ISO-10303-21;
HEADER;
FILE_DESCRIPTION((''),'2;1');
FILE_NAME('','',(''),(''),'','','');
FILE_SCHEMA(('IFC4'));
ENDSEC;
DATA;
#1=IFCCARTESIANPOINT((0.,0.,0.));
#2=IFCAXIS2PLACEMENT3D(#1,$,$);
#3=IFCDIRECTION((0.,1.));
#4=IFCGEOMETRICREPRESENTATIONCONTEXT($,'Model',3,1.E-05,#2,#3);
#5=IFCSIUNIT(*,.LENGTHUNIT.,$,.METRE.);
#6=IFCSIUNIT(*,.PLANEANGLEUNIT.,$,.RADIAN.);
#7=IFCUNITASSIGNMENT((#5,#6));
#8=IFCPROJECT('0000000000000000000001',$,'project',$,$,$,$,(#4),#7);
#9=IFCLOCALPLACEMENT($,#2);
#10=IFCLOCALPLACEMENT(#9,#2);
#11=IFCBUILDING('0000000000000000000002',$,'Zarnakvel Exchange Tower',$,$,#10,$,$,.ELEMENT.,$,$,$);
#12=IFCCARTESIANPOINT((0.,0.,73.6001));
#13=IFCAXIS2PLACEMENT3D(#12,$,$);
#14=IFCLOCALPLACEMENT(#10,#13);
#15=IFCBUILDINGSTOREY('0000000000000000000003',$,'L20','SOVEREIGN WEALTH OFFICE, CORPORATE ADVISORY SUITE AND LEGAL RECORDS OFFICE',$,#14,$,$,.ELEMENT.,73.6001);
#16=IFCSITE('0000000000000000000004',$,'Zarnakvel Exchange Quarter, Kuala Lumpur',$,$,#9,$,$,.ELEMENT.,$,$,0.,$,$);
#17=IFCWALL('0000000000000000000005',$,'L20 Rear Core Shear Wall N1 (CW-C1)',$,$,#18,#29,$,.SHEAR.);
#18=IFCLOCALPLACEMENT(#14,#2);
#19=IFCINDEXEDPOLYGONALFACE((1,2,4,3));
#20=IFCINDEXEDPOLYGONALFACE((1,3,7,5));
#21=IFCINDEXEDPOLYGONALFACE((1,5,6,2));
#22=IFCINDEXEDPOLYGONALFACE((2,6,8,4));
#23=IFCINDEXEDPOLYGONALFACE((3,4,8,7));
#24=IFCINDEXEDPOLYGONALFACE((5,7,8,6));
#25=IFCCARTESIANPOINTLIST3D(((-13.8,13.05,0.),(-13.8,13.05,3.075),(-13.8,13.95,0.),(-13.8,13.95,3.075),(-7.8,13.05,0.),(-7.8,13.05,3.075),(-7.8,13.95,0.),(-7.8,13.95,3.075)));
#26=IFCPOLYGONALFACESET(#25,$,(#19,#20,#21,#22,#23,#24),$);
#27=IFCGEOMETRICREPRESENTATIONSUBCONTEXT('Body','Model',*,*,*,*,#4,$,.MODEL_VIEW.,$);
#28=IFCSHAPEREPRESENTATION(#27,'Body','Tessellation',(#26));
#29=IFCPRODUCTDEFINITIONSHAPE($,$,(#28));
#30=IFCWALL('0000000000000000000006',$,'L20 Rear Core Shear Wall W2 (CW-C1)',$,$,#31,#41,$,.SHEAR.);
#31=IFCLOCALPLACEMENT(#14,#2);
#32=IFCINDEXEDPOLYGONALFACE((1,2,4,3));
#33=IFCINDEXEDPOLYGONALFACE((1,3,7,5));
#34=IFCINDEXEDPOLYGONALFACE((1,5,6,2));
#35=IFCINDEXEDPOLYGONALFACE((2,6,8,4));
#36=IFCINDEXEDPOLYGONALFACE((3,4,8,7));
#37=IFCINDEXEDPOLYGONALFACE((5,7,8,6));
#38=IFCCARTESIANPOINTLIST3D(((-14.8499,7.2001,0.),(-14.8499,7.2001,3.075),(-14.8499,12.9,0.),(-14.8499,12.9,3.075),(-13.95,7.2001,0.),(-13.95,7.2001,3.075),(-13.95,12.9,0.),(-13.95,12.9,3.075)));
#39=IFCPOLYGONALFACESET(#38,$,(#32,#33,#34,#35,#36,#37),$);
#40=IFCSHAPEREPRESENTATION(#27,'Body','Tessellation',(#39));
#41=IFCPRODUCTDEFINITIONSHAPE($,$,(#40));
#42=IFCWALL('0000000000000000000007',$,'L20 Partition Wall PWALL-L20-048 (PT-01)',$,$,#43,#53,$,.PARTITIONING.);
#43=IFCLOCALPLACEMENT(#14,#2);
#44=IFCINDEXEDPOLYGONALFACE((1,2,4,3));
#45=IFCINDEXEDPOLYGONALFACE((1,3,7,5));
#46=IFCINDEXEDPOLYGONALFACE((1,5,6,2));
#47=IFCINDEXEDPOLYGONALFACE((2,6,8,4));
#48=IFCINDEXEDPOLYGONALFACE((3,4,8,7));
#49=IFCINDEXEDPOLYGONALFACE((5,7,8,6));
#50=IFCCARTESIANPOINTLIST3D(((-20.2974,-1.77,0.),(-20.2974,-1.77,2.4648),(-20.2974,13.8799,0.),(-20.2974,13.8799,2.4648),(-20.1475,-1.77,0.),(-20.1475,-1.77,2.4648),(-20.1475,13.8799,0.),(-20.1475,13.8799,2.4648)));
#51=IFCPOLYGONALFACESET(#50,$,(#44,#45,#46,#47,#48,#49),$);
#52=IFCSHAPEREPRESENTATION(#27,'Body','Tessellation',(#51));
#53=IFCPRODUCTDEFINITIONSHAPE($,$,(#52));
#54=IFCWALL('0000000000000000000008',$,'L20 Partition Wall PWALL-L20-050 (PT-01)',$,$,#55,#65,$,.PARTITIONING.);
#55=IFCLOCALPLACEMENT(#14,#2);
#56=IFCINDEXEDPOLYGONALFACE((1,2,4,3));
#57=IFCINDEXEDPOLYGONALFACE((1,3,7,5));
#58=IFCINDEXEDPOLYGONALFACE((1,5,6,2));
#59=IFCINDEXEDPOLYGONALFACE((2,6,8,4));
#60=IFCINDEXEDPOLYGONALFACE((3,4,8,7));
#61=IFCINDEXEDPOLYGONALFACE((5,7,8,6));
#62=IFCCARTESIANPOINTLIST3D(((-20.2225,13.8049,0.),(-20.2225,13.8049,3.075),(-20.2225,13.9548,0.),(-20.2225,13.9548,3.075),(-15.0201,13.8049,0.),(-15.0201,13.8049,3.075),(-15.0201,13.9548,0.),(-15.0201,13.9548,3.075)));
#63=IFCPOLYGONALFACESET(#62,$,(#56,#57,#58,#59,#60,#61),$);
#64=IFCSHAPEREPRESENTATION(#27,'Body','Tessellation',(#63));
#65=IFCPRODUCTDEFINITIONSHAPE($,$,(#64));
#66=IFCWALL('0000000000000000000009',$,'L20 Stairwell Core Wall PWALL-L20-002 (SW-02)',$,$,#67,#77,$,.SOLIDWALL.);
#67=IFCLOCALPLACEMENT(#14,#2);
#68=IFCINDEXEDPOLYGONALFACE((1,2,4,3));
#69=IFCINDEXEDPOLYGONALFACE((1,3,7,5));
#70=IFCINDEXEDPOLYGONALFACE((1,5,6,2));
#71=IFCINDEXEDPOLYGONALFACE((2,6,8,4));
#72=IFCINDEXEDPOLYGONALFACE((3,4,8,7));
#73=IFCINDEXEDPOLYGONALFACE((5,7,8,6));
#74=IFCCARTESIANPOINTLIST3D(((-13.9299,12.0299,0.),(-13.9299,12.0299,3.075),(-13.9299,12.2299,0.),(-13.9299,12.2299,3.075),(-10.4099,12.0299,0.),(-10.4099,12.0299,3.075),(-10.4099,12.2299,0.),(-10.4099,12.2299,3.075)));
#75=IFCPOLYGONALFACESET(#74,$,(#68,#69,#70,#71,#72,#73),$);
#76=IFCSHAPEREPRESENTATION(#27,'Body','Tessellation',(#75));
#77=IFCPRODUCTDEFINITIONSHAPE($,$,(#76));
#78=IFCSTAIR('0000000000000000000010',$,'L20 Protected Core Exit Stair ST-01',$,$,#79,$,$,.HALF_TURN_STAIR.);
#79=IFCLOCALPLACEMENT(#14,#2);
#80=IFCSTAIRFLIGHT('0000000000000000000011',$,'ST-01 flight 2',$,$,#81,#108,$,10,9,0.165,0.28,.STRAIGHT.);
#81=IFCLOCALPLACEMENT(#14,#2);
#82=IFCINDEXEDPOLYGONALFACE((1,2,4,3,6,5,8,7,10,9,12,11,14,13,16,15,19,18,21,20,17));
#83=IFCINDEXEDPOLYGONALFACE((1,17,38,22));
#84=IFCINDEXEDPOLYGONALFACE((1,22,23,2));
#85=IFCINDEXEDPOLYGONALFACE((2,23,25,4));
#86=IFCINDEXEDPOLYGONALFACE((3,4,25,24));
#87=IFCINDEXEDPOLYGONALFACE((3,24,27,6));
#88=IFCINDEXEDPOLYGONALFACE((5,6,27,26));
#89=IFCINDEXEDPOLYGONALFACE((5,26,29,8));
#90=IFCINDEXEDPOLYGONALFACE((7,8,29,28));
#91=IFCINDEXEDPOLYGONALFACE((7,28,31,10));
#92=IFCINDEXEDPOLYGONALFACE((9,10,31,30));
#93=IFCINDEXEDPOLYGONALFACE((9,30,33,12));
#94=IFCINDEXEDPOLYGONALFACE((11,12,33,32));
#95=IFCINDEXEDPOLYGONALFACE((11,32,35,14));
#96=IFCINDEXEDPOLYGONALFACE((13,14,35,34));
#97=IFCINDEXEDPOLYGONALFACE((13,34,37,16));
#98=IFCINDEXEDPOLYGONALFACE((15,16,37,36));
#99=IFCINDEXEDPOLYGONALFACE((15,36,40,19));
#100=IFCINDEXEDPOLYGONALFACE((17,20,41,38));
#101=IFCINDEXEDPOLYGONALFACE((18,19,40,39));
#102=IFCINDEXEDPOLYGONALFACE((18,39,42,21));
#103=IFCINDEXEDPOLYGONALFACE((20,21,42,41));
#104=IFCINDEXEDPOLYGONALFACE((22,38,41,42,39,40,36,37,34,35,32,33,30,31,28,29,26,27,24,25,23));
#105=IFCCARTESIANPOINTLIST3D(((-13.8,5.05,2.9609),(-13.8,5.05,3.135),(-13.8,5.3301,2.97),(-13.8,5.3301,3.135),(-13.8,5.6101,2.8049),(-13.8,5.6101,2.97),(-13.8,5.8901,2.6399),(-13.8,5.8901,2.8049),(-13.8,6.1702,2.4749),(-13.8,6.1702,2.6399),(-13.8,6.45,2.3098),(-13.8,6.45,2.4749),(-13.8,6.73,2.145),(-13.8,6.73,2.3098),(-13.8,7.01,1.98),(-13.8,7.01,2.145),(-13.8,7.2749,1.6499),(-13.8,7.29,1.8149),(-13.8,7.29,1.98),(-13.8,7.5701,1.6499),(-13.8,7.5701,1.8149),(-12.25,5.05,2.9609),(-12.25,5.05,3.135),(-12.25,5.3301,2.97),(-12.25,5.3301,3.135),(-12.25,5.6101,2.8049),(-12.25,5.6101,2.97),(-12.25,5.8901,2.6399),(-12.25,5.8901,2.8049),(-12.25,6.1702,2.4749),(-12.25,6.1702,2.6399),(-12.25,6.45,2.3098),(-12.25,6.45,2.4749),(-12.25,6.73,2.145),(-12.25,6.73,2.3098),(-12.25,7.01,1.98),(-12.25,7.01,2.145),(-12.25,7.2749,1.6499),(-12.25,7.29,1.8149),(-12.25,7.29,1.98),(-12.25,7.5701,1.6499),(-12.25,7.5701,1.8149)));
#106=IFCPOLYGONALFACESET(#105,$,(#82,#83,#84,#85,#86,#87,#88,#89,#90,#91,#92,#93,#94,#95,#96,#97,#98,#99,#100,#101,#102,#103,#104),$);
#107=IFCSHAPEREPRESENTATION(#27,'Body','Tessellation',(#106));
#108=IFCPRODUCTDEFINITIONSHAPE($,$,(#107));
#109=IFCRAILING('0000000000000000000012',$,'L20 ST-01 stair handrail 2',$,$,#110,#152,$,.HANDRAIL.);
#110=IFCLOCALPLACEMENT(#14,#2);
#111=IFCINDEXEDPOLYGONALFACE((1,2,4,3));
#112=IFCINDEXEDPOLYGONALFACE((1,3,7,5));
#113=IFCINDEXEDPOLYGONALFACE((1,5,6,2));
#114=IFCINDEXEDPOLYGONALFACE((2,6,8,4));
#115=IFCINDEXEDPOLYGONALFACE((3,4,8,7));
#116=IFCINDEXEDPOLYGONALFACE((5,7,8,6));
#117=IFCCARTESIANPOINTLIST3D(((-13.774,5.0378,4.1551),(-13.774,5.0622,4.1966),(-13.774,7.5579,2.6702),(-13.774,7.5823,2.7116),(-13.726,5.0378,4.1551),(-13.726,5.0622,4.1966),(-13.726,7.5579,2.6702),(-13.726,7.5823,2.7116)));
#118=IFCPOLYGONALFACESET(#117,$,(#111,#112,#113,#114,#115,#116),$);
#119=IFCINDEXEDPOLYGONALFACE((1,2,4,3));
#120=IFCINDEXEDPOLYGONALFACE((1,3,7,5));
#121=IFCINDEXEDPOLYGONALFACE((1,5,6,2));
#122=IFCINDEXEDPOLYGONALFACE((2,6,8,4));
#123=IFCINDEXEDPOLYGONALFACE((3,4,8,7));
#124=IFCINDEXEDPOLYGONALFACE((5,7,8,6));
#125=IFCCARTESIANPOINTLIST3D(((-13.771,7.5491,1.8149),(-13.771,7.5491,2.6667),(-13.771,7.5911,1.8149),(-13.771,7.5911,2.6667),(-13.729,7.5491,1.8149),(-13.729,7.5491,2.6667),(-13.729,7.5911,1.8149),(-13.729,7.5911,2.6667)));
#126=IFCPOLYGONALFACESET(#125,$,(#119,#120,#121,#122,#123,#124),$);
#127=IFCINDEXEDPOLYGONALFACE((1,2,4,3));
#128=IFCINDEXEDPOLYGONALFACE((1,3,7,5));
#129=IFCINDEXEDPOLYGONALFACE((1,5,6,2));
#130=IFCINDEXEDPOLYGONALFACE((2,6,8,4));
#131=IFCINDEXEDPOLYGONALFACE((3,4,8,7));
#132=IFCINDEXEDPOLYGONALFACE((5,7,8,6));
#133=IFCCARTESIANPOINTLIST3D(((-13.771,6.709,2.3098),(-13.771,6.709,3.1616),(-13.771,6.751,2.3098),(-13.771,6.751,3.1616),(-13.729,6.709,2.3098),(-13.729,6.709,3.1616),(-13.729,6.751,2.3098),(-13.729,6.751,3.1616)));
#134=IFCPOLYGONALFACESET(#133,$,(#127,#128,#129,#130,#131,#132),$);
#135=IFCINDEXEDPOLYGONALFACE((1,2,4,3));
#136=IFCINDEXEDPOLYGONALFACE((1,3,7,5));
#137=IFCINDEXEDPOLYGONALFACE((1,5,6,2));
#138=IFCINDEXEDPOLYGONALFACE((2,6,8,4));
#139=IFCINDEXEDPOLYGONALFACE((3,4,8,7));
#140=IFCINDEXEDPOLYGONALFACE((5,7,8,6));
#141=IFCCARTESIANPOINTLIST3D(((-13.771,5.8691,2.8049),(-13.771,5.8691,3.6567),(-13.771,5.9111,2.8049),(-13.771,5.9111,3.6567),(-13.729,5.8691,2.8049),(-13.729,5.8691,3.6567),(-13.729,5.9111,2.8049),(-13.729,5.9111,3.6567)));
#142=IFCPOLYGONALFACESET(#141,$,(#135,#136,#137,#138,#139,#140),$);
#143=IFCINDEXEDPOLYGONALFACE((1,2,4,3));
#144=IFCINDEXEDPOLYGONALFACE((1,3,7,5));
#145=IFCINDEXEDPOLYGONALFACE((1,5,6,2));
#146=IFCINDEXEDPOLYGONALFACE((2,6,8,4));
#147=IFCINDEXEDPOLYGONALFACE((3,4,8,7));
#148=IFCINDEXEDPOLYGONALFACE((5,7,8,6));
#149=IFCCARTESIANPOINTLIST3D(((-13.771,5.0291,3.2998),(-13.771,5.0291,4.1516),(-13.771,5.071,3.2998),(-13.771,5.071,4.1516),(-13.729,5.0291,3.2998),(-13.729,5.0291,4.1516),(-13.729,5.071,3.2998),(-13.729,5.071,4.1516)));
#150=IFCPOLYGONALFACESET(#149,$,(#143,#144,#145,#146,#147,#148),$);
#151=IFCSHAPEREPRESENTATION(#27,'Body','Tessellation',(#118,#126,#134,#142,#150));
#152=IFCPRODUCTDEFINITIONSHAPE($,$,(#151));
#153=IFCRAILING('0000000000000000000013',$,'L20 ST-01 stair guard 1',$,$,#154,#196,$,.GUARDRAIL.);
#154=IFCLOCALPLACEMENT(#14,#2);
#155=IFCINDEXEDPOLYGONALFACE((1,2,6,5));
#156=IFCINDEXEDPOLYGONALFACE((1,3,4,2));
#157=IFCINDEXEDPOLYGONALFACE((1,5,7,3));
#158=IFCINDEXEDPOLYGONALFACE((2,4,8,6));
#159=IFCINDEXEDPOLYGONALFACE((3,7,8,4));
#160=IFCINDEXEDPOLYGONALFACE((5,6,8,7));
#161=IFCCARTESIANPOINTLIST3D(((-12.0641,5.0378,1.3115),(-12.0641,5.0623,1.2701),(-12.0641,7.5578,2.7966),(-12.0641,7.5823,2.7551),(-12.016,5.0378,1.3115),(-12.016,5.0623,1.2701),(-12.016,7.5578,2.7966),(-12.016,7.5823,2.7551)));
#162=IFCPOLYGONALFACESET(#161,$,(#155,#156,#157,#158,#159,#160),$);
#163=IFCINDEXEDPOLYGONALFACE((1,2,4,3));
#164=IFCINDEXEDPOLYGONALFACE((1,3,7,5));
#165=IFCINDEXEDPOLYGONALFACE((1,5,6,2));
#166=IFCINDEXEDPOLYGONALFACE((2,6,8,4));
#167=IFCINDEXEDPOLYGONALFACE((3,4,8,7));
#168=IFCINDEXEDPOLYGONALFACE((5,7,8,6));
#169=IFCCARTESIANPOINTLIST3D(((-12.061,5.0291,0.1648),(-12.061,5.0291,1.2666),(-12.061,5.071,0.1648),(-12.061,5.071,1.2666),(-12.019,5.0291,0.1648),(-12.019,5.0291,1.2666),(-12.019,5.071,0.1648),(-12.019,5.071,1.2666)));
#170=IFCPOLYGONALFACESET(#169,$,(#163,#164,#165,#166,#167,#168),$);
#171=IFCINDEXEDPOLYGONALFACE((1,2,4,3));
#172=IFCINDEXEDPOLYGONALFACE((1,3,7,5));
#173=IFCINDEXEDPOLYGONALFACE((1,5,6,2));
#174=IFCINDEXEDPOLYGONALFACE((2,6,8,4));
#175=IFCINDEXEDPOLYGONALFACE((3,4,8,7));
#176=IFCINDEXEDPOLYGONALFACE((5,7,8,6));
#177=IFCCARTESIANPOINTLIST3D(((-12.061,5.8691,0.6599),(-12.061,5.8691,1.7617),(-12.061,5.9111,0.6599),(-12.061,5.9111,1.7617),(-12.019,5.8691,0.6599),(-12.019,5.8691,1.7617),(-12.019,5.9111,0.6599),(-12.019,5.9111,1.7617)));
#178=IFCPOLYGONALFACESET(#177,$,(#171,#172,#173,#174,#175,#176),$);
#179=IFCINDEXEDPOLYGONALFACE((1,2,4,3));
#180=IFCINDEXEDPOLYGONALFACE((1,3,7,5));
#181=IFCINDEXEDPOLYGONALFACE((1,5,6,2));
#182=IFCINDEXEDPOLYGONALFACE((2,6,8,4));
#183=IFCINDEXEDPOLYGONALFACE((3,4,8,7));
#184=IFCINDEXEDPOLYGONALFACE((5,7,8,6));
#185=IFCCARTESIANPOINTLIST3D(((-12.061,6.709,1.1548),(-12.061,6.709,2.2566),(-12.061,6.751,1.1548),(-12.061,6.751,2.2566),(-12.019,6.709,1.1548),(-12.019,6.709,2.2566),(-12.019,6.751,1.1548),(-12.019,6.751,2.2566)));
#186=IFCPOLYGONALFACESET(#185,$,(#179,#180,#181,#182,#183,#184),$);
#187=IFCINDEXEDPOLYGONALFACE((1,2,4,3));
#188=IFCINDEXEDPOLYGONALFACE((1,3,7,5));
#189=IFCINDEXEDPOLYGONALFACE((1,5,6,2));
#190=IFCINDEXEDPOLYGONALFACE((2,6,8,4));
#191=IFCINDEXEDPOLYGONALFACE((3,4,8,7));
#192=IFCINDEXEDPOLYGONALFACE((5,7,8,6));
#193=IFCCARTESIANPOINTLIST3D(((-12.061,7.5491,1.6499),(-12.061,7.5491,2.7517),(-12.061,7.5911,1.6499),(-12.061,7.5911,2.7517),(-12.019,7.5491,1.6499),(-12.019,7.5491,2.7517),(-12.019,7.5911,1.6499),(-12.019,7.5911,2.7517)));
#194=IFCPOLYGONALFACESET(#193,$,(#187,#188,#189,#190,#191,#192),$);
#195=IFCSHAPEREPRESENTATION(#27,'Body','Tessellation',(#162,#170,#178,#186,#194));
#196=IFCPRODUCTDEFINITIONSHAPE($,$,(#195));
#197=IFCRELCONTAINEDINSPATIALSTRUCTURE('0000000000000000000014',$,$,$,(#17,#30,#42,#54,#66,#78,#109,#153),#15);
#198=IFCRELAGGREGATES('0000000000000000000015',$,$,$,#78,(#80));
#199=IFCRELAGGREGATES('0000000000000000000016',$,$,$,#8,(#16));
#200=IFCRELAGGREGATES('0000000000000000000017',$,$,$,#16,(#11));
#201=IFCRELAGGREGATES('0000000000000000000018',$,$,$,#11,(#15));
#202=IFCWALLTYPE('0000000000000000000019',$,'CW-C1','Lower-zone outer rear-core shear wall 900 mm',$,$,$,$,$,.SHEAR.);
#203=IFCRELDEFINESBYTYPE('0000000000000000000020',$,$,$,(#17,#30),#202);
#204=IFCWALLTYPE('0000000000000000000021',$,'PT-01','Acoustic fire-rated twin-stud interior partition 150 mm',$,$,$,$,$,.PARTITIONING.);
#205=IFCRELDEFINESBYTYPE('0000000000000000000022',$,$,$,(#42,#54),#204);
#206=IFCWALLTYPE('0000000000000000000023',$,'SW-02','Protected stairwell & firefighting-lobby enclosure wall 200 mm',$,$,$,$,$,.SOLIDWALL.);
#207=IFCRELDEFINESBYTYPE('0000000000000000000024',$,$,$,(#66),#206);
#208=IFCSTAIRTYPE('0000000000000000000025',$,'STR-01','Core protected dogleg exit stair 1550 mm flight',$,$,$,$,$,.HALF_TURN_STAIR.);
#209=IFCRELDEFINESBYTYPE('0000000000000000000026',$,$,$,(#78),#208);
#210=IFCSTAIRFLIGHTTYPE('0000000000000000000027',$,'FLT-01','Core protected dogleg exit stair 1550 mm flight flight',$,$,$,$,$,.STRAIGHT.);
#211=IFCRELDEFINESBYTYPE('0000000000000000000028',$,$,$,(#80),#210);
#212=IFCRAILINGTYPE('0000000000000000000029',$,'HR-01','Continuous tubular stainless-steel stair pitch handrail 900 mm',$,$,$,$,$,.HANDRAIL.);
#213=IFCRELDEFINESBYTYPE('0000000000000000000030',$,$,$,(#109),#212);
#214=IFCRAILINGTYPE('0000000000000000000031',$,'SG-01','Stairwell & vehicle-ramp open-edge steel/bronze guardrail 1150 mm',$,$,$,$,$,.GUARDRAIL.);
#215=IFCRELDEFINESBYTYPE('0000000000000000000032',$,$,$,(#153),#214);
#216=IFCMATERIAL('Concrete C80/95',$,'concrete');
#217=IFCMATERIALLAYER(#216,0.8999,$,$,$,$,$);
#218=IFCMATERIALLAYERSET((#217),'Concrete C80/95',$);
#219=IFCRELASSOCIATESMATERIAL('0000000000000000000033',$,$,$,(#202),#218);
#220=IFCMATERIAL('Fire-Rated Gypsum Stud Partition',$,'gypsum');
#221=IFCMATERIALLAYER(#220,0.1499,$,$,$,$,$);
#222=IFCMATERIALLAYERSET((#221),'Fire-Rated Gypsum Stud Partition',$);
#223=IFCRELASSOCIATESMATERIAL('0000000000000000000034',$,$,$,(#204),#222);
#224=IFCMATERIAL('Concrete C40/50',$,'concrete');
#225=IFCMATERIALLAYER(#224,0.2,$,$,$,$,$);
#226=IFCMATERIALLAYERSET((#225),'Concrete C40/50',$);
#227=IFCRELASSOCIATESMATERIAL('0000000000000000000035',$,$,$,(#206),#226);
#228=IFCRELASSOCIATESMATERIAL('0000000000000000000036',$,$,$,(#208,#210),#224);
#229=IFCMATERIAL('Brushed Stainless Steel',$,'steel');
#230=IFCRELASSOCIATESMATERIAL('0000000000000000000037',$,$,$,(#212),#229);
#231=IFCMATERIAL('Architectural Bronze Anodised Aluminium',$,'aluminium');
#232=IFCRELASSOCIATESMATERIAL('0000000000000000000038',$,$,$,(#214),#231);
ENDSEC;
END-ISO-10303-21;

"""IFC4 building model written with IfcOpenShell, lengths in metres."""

from ifc_helpers import new_model, si_unit, direction, frame, frame_2d, origin, origin_2d, place, context, subcontext, project, spatial, polyline, rectangle, outline, extrude, material, layer, layer_set, type_object, element, aggregate, save


model = new_model("IFC4")

# Units and contexts
model_context = context("Model", 3, precision=1e-05, world=origin(), true_north=direction((0.0, 1.0)))
body_context = subcontext(model_context, "Body", "Model", "MODEL_VIEW")
ifc_project = project(units=[si_unit("LENGTHUNIT", "METRE"), si_unit("PLANEANGLEUNIT", "RADIAN")], contexts=[model_context])

# Site, building, storey
site_placement = place(None, origin())
site = spatial("IfcSite", under=ifc_project, at=site_placement, Name="Zarnakvel Exchange Quarter, Kuala Lumpur", CompositionType="ELEMENT", RefElevation=0.0)
building_placement = place(site_placement, origin())
building = spatial("IfcBuilding", under=site, at=building_placement, Name="Zarnakvel Exchange Tower", CompositionType="ELEMENT")
storey_placement = place(building_placement, frame((0.0, 0.0, 73.6001)))
storey = spatial("IfcBuildingStorey", under=building, at=storey_placement, Name="L20", Description="SOVEREIGN WEALTH OFFICE, CORPORATE ADVISORY SUITE AND LEGAL RECORDS OFFICE", CompositionType="ELEMENT", Elevation=73.6001)

# Shared definitions
ifc_material_1 = material(Name="Concrete C80/95", Category="concrete")

# Shared definitions
ifc_material_2 = material(Name="Architectural Bronze Anodised Aluminium", Category="aluminium")

# Walls
ifc_layer_1 = layer(ifc_material_1, 0.8999)
ifc_layer_set_1 = layer_set([ifc_layer_1], Name="Concrete C80/95")
wall_type_1 = type_object("IfcWallType", Name="CW-C1", Description="Lower-zone outer rear-core shear wall 900 mm", PredefinedType="SHEAR", material=ifc_layer_set_1)
wall_1_placement = place(storey_placement, frame((-13.8, 13.5, 0.0), z_axis=(0.0, 0.0, 1.0), x_axis=(1.0, 0.0, 0.0)))
element("IfcWall", 1, at=wall_1_placement, inside=storey, type_object=wall_type_1, Name="L20 Rear Core Shear Wall N1 (CW-C1)", PredefinedType="SHEAR", context=body_context, shape_type="SweptSolid", body=[
    extrude(rectangle(XDim=6.0, YDim=0.8999, at=frame_2d((3.0, 0.0))), origin(), (0.0, 0.0, 1.0), 3.075),
])
wall_2_placement = place(storey_placement, frame((-14.3999, 7.2, 0.0), z_axis=(0.0, 0.0, 1.0), x_axis=(0.0, 1.0, 0.0)))
element("IfcWall", 2, at=wall_2_placement, inside=storey, type_object=wall_type_1, Name="L20 Rear Core Shear Wall W2 (CW-C1)", PredefinedType="SHEAR", context=body_context, shape_type="SweptSolid", body=[
    extrude(rectangle(XDim=5.7, YDim=0.8999, at=frame_2d((2.8501, 0.0))), origin(), (0.0, 0.0, 1.0), 3.075),
])
ifc_material_3 = material(Name="Fire-Rated Gypsum Stud Partition", Category="gypsum")
ifc_layer_2 = layer(ifc_material_3, 0.1499)
ifc_layer_set_2 = layer_set([ifc_layer_2], Name="Fire-Rated Gypsum Stud Partition")
wall_type_2 = type_object("IfcWallType", Name="PT-01", Description="Acoustic fire-rated twin-stud interior partition 150 mm", PredefinedType="PARTITIONING", material=ifc_layer_set_2)
wall_3_placement = place(storey_placement, frame((-20.2224, 13.8799, 0.0), z_axis=(0.0, 0.0, 1.0), x_axis=(0.0, -1.0, 0.0)))
element("IfcWall", 3, at=wall_3_placement, inside=storey, type_object=wall_type_2, Name="L20 Partition Wall PWALL-L20-048 (PT-01)", PredefinedType="PARTITIONING", context=body_context, shape_type="SweptSolid", body=[
    extrude(rectangle(XDim=15.6499, YDim=0.1499, at=frame_2d((7.825, 0.0))), origin(), (0.0, 0.0, 1.0), 2.4648),
])
wall_4_placement = place(storey_placement, frame((-20.2224, 13.8799, 0.0), z_axis=(0.0, 0.0, 1.0), x_axis=(1.0, 0.0, 0.0)))
element("IfcWall", 4, at=wall_4_placement, inside=storey, type_object=wall_type_2, Name="L20 Partition Wall PWALL-L20-050 (PT-01)", PredefinedType="PARTITIONING", context=body_context, shape_type="SweptSolid", body=[
    extrude(rectangle(XDim=5.2024, YDim=0.1499, at=frame_2d((2.6011, 0.0))), origin(), (0.0, 0.0, 1.0), 3.075),
])
ifc_material_4 = material(Name="Concrete C40/50", Category="concrete")
ifc_layer_3 = layer(ifc_material_4, 0.2)
ifc_layer_set_3 = layer_set([ifc_layer_3], Name="Concrete C40/50")
wall_type_3 = type_object("IfcWallType", Name="SW-02", Description="Protected stairwell & firefighting-lobby enclosure wall 200 mm", PredefinedType="SOLIDWALL", material=ifc_layer_set_3)
wall_5_placement = place(storey_placement, frame((-13.9299, 12.1299, 0.0), z_axis=(0.0, 0.0, 1.0), x_axis=(1.0, 0.0, 0.0)))
element("IfcWall", 5, at=wall_5_placement, inside=storey, type_object=wall_type_3, Name="L20 Stairwell Core Wall PWALL-L20-002 (SW-02)", PredefinedType="SOLIDWALL", context=body_context, shape_type="SweptSolid", body=[
    extrude(rectangle(XDim=3.52, YDim=0.2, at=frame_2d((1.76, 0.0))), origin(), (0.0, 0.0, 1.0), 3.075),
])

# Stair, stair flight
stair_type = type_object("IfcStairType", Name="STR-01", Description="Core protected dogleg exit stair 1550 mm flight", PredefinedType="HALF_TURN_STAIR", material=ifc_material_4)
stair_placement = place(storey_placement, origin())
stair = element("IfcStair", 6, at=stair_placement, inside=storey, type_object=stair_type, Name="L20 Protected Core Exit Stair ST-01", PredefinedType="HALF_TURN_STAIR")
stair_flight_type = type_object("IfcStairFlightType", Name="FLT-01", Description="Core protected dogleg exit stair 1550 mm flight flight", PredefinedType="STRAIGHT", material=ifc_material_4)
stair_flight_placement = place(storey_placement, frame((-13.0249, 7.5701, 1.6499), z_axis=(0.0, 0.0, 1.0), x_axis=(0.0, -1.0, 0.0)))
stair_flight = element("IfcStairFlight", 7, at=stair_flight_placement, type_object=stair_flight_type, Name="ST-01 flight 2", NumberOfRisers=10, NumberOfTreads=9, PredefinedType="STRAIGHT", RiserHeight=0.165, TreadLength=0.28, context=body_context, shape_type="SweptSolid", body=[
    extrude(outline(polyline([(0.0, 0.0), (0.0, 0.165), (0.28, 0.165), (0.28, 0.3301), (0.5601, 0.3301), (0.5601, 0.4951), (0.8401, 0.4951), (0.8401, 0.6599), (1.1201, 0.6599), (1.1201, 0.825), (1.3999, 0.825), (1.3999, 0.99), (1.6799, 0.99), (1.6799, 1.155), (1.96, 1.155), (1.96, 1.3201), (2.24, 1.3201), (2.24, 1.4851), (2.52, 1.4851), (2.52, 1.6499), (2.52, 1.311), (0.2952, 0.0), (0.0, 0.0)])), frame((0.0, 0.7749, 0.0), z_axis=(0.0, -1.0, 0.0), x_axis=(1.0, 0.0, 0.0)), (0.0, 0.0, 1.0), 1.55),
])
aggregate(stair, [stair_flight])

# Railings
ifc_material_5 = material(Name="Brushed Stainless Steel", Category="steel")
railing_type_1 = type_object("IfcRailingType", Name="HR-01", Description="Continuous tubular stainless-steel stair pitch handrail 900 mm", PredefinedType="HANDRAIL", material=ifc_material_5)
railing_1_placement = place(storey_placement, frame((-13.75, 7.5701, 1.8149)))
element("IfcRailing", 8, at=railing_1_placement, inside=storey, type_object=railing_type_1, Name="L20 ST-01 stair handrail 2", PredefinedType="HANDRAIL", context=body_context, shape_type="SweptSolid", body=[
    extrude(rectangle(XDim=0.0481, YDim=0.0481, at=origin_2d()), frame((0.0, 0.0, 0.876), z_axis=(0.0, -0.861561, 0.507655), x_axis=(1.0, 0.0, 0.0)), (0.0, 0.0, 1.0), 2.925),
    extrude(rectangle(XDim=0.042, YDim=0.042, at=origin_2d()), origin(), (0.0, 0.0, 1.0), 0.8518),
    extrude(rectangle(XDim=0.042, YDim=0.042, at=origin_2d()), frame((0.0, -0.8401, 0.4949)), (0.0, 0.0, 1.0), 0.8518),
    extrude(rectangle(XDim=0.042, YDim=0.042, at=origin_2d()), frame((0.0, -1.6799, 0.99)), (0.0, 0.0, 1.0), 0.8518),
    extrude(rectangle(XDim=0.042, YDim=0.042, at=origin_2d()), frame((0.0, -2.52, 1.4849)), (0.0, 0.0, 1.0), 0.8518),
])
railing_type_2 = type_object("IfcRailingType", Name="SG-01", Description="Stairwell & vehicle-ramp open-edge steel/bronze guardrail 1150 mm", PredefinedType="GUARDRAIL", material=ifc_material_2)
railing_2_placement = place(storey_placement, frame((-12.04, 5.05, 0.1648)))
element("IfcRailing", 9, at=railing_2_placement, inside=storey, type_object=railing_type_2, Name="L20 ST-01 stair guard 1", PredefinedType="GUARDRAIL", context=body_context, shape_type="SweptSolid", body=[
    extrude(rectangle(XDim=0.0481, YDim=0.0481, at=origin_2d()), frame((0.0, 0.0, 1.126), z_axis=(0.0, 0.861524, 0.507717), x_axis=(-1.0, 0.0, 0.0)), (0.0, 0.0, 1.0), 2.925),
    extrude(rectangle(XDim=0.042, YDim=0.042, at=origin_2d()), origin(), (0.0, 0.0, 1.0), 1.1018),
    extrude(rectangle(XDim=0.042, YDim=0.042, at=origin_2d()), frame((0.0, 0.8401, 0.4951)), (0.0, 0.0, 1.0), 1.1018),
    extrude(rectangle(XDim=0.042, YDim=0.042, at=origin_2d()), frame((0.0, 1.6799, 0.99)), (0.0, 0.0, 1.0), 1.1018),
    extrude(rectangle(XDim=0.042, YDim=0.042, at=origin_2d()), frame((0.0, 2.52, 1.4851)), (0.0, 0.0, 1.0), 1.1018),
])

save(model, "model.ifc")
